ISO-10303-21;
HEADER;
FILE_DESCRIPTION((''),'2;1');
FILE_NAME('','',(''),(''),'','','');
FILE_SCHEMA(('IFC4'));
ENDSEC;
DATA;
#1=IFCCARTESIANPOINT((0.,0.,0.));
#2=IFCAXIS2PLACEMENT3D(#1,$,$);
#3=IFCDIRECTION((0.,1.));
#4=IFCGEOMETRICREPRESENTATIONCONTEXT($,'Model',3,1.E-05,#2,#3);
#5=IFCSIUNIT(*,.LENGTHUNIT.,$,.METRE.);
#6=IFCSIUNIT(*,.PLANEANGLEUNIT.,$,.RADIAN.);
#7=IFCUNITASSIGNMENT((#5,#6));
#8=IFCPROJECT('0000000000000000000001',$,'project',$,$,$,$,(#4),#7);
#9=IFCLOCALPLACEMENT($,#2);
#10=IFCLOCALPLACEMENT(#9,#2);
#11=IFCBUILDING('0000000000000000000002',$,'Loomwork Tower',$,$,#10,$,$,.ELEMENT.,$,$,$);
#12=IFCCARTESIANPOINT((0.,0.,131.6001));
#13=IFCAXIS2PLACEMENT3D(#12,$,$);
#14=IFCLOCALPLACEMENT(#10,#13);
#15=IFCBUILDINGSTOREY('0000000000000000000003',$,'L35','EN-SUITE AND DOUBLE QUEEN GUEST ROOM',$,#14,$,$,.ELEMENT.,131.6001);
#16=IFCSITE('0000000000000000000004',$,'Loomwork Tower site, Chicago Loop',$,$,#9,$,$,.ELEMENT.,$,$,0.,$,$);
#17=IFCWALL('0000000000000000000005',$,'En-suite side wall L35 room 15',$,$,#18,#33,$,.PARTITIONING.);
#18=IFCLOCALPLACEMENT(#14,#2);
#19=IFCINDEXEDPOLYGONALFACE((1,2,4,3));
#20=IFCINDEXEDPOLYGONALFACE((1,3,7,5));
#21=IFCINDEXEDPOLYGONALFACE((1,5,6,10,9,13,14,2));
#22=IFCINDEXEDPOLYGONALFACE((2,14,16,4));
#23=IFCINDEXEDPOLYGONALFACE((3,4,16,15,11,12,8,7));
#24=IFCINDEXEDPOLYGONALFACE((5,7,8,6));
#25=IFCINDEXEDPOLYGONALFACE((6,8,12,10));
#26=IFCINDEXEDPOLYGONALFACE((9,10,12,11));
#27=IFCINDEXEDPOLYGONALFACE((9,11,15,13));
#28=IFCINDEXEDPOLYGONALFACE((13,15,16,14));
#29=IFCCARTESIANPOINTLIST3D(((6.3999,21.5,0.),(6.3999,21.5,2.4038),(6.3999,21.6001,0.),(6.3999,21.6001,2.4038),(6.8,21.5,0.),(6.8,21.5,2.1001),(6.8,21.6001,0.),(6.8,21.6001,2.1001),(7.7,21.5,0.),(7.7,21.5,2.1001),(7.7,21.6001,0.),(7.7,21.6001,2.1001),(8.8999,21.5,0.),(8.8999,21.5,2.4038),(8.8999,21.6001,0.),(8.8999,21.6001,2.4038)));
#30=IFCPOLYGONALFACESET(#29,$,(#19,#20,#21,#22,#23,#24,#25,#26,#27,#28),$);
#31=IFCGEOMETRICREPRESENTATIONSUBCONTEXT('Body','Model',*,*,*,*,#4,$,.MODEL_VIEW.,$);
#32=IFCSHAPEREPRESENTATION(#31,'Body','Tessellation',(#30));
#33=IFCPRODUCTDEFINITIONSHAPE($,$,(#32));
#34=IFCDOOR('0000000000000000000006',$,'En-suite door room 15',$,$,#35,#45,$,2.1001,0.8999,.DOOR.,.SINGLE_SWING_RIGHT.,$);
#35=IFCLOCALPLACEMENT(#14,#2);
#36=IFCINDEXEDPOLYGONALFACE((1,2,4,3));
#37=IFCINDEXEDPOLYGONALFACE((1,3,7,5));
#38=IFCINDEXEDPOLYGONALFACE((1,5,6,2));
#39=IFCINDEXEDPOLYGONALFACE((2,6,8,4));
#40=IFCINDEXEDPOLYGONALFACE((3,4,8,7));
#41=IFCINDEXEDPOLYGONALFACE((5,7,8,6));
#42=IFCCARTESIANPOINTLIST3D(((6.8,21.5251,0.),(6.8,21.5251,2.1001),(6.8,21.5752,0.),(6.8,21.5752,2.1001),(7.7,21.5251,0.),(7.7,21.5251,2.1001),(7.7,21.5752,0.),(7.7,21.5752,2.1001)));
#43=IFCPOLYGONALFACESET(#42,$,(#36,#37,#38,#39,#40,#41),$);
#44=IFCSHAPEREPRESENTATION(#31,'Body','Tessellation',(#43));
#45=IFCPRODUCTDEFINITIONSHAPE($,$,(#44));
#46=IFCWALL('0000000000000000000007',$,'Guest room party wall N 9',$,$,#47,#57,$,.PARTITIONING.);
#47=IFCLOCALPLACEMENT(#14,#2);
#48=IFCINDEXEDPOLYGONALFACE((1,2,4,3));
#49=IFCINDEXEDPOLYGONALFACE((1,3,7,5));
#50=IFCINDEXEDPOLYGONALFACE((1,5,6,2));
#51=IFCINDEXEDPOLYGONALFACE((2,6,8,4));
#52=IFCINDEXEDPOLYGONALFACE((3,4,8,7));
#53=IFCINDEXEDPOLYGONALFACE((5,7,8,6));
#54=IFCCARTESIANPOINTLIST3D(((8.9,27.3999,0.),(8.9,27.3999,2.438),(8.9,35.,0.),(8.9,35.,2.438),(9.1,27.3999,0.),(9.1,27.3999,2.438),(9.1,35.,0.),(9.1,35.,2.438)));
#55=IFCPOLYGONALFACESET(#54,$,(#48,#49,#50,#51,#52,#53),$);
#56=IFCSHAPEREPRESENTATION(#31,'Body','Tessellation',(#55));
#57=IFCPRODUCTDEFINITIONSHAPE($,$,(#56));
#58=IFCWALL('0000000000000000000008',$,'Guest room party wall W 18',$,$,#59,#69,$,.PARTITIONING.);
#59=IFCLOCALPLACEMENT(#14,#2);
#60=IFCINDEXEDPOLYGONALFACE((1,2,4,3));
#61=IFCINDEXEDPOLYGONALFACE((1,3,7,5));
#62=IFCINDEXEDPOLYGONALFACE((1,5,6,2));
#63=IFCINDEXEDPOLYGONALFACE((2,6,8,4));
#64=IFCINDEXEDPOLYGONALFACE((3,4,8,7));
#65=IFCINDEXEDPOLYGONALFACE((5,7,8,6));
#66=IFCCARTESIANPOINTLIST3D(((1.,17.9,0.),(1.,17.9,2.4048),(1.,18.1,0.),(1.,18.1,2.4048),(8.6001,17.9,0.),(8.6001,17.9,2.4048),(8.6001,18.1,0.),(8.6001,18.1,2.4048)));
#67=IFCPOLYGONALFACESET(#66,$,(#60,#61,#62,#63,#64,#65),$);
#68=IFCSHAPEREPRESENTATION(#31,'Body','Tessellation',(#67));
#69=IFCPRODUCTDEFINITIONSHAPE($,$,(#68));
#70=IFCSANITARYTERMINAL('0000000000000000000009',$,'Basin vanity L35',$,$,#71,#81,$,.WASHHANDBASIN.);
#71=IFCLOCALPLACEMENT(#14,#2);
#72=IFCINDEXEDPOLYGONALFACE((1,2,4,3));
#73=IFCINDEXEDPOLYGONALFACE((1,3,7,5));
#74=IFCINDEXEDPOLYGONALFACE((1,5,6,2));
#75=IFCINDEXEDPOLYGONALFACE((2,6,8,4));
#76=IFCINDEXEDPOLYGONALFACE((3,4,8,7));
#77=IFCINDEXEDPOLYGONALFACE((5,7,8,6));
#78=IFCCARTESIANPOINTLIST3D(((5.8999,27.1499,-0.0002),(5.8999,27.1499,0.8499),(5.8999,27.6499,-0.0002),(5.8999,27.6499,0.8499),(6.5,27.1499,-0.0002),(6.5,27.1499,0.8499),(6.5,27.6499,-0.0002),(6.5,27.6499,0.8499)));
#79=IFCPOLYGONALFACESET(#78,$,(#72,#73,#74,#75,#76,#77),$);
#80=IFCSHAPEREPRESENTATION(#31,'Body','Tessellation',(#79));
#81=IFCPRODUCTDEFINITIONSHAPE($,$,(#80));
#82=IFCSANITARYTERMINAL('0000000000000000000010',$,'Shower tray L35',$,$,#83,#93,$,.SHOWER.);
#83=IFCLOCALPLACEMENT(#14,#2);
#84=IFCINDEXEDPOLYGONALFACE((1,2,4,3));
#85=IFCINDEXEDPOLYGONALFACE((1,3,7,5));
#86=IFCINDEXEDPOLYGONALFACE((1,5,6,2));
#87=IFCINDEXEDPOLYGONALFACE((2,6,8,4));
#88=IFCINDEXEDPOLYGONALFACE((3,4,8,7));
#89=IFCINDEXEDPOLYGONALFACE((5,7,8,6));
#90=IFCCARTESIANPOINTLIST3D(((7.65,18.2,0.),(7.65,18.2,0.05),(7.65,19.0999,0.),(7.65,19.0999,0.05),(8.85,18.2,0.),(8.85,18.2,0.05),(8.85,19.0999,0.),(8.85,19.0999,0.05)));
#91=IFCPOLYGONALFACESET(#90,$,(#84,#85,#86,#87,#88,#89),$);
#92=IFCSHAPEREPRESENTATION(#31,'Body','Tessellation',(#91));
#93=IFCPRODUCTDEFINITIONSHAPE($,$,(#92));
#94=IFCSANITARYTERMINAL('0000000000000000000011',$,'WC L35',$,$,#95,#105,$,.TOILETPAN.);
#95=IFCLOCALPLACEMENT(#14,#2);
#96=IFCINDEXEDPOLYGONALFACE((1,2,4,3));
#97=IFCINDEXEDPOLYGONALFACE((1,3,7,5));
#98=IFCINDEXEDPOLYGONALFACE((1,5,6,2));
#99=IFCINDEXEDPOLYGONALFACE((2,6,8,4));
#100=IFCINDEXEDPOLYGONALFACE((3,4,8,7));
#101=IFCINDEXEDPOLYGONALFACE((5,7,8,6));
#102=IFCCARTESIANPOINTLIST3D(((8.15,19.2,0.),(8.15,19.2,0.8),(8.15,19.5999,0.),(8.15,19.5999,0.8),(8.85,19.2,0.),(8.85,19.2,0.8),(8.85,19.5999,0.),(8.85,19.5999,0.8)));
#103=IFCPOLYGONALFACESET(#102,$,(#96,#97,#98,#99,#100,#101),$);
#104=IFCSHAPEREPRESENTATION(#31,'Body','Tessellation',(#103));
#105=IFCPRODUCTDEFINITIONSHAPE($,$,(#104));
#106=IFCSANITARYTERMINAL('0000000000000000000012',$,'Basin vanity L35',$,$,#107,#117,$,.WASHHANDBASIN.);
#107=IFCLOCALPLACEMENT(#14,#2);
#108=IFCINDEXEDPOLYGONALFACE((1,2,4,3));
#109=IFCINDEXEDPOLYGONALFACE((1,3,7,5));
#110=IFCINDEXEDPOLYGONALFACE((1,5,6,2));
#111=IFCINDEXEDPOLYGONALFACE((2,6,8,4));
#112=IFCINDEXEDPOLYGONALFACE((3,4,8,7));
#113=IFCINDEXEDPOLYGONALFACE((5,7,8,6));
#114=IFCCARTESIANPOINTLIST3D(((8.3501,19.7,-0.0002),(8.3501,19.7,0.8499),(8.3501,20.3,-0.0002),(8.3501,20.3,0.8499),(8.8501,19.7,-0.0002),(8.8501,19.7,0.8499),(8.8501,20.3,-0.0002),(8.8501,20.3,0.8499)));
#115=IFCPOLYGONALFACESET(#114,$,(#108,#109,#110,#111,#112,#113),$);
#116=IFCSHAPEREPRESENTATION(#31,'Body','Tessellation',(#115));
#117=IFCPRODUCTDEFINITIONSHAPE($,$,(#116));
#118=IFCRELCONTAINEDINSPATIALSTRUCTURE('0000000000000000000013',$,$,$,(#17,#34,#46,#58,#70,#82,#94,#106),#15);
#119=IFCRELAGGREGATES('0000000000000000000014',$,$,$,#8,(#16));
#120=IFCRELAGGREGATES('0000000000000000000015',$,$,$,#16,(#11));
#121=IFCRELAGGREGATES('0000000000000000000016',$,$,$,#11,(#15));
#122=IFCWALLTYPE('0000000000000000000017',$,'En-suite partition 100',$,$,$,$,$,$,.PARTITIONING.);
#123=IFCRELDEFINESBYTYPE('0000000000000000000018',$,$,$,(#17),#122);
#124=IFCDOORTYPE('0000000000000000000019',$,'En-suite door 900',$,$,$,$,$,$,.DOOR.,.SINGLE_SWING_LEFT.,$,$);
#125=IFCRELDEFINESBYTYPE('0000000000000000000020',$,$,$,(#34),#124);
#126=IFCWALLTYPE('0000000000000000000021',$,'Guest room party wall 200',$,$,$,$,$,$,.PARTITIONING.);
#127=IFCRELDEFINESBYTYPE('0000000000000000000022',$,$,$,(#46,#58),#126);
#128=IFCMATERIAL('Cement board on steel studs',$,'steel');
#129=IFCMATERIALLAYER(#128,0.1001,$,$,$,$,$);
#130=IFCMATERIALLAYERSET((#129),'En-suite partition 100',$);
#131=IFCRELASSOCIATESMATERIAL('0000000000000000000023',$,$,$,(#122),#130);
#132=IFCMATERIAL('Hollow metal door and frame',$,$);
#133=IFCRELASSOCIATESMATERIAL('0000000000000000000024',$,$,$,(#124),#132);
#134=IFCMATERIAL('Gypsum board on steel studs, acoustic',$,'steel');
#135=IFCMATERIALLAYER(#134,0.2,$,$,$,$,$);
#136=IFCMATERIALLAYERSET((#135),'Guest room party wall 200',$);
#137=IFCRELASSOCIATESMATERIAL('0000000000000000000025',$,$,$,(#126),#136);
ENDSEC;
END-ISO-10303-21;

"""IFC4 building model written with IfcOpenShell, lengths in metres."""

from ifc_helpers import new_model, si_unit, direction, frame, frame_2d, origin, origin_2d, place, context, subcontext, project, spatial, rectangle, extrude, material, layer, layer_set, type_object, element, fill, save


model = new_model("IFC4")

# Units and contexts
model_context = context("Model", 3, precision=1e-05, world=origin(), true_north=direction((0.0, 1.0)))
body_context = subcontext(model_context, "Body", "Model", "MODEL_VIEW")
ifc_project = project(units=[si_unit("LENGTHUNIT", "METRE"), si_unit("PLANEANGLEUNIT", "RADIAN")], contexts=[model_context])

# Site, building, storey
site_placement = place(None, origin())
site = spatial("IfcSite", under=ifc_project, at=site_placement, Name="Loomwork Tower site, Chicago Loop", CompositionType="ELEMENT", RefElevation=0.0)
building_placement = place(site_placement, origin())
building = spatial("IfcBuilding", under=site, at=building_placement, Name="Loomwork Tower", CompositionType="ELEMENT")
storey_placement = place(building_placement, frame((0.0, 0.0, 131.6001)))
storey = spatial("IfcBuildingStorey", under=building, at=storey_placement, Name="L35", Description="EN-SUITE AND DOUBLE QUEEN GUEST ROOM", CompositionType="ELEMENT", Elevation=131.6001)

# Shared definitions
ifc_material_1 = material(Name="Cement board on steel studs", Category="steel")
ifc_layer_1 = layer(ifc_material_1, 0.1001)
ifc_layer_set_1 = layer_set([ifc_layer_1], Name="En-suite partition 100")
wall_type_1 = type_object("IfcWallType", Name="En-suite partition 100", PredefinedType="PARTITIONING", material=ifc_layer_set_1)

# Wall, opening, door
wall_1_placement = place(storey_placement, frame((8.8999, 21.55, 0.0), z_axis=(0.0, 0.0, 1.0), x_axis=(-1.0, 0.0, 0.0)))
wall_1 = element("IfcWall", 1, at=wall_1_placement, inside=storey, type_object=wall_type_1, Name="En-suite side wall L35 room 15", PredefinedType="PARTITIONING", context=body_context, shape_type="SweptSolid", body=[
    extrude(rectangle(XDim=2.5, YDim=0.1001, at=frame_2d((1.25, 0.0))), origin(), (0.0, 0.0, 1.0), 2.4038),
])
opening_1_placement = place(wall_1_placement, frame((1.2, 0.0, 0.0)))
opening_1 = element("IfcOpeningElement", 2, at=opening_1_placement, cuts=wall_1, PredefinedType="OPENING", context=body_context, shape_type="SweptSolid", body=[
    extrude(rectangle(XDim=0.8999, YDim=2.1001, at=frame_2d((0.45, 1.05))), frame((0.0, 0.0601, 0.0), z_axis=(0.0, -1.0, 0.0), x_axis=(1.0, 0.0, 0.0)), (0.0, 0.0, 1.0), 0.1201),
])
ifc_material_2 = material(Name="Hollow metal door and frame")
door_type_1 = type_object("IfcDoorType", Name="En-suite door 900", OperationType="SINGLE_SWING_LEFT", PredefinedType="DOOR", material=ifc_material_2)
door_1_placement = place(opening_1_placement, origin())
door_1 = element("IfcDoor", 3, at=door_1_placement, inside=storey, type_object=door_type_1, Name="En-suite door room 15", OperationType="SINGLE_SWING_RIGHT", OverallHeight=2.1001, OverallWidth=0.8999, PredefinedType="DOOR", context=body_context, shape_type="SweptSolid", body=[
    extrude(rectangle(XDim=0.8999, YDim=2.1001, at=frame_2d((0.45, 1.05))), frame((0.0, 0.0249, 0.0), z_axis=(0.0, -1.0, 0.0), x_axis=(1.0, 0.0, 0.0)), (0.0, 0.0, 1.0), 0.05),
])
fill(opening_1, door_1)

# Walls
ifc_material_3 = material(Name="Gypsum board on steel studs, acoustic", Category="steel")
ifc_layer_2 = layer(ifc_material_3, 0.2)
ifc_layer_set_2 = layer_set([ifc_layer_2], Name="Guest room party wall 200")
wall_type_2 = type_object("IfcWallType", Name="Guest room party wall 200", PredefinedType="PARTITIONING", material=ifc_layer_set_2)
wall_2_placement = place(storey_placement, frame((9.0, 27.3999, 0.0), z_axis=(0.0, 0.0, 1.0), x_axis=(0.0, 1.0, 0.0)))
element("IfcWall", 4, at=wall_2_placement, inside=storey, type_object=wall_type_2, Name="Guest room party wall N 9", PredefinedType="PARTITIONING", context=body_context, shape_type="SweptSolid", body=[
    extrude(rectangle(XDim=7.6001, YDim=0.2, at=frame_2d((3.8, 0.0))), origin(), (0.0, 0.0, 1.0), 2.438),
])
wall_3_placement = place(storey_placement, frame((8.6001, 18.0, 0.0), z_axis=(0.0, 0.0, 1.0), x_axis=(-1.0, 0.0, 0.0)))
element("IfcWall", 5, at=wall_3_placement, inside=storey, type_object=wall_type_2, Name="Guest room party wall W 18", PredefinedType="PARTITIONING", context=body_context, shape_type="SweptSolid", body=[
    extrude(rectangle(XDim=7.6001, YDim=0.2, at=frame_2d((3.8, 0.0))), origin(), (0.0, 0.0, 1.0), 2.4048),
])

# Sanitary terminals
sanitary_terminal_1_placement = place(storey_placement, frame((6.2, 27.3999, -0.0002), z_axis=(0.0, 0.0, 1.0), x_axis=(1.0, 0.0, 0.0)))
element("IfcSanitaryTerminal", 6, at=sanitary_terminal_1_placement, inside=storey, Name="Basin vanity L35", PredefinedType="WASHHANDBASIN", context=body_context, shape_type="SweptSolid", body=[
    extrude(rectangle(XDim=0.6001, YDim=0.5, at=origin_2d()), origin(), (0.0, 0.0, 1.0), 0.8501),
])
sanitary_terminal_2_placement = place(storey_placement, frame((8.25, 18.6499, 0.0), z_axis=(0.0, 0.0, 1.0), x_axis=(1.0, 0.0, 0.0)))
element("IfcSanitaryTerminal", 7, at=sanitary_terminal_2_placement, inside=storey, Name="Shower tray L35", PredefinedType="SHOWER", context=body_context, shape_type="SweptSolid", body=[
    extrude(rectangle(XDim=1.2, YDim=0.8999, at=origin_2d()), origin(), (0.0, 0.0, 1.0), 0.05),
])
sanitary_terminal_3_placement = place(storey_placement, frame((8.5, 19.3999, 0.0), z_axis=(0.0, 0.0, 1.0), x_axis=(1.0, 0.0, 0.0)))
element("IfcSanitaryTerminal", 8, at=sanitary_terminal_3_placement, inside=storey, Name="WC L35", PredefinedType="TOILETPAN", context=body_context, shape_type="SweptSolid", body=[
    extrude(rectangle(XDim=0.7, YDim=0.3999, at=origin_2d()), origin(), (0.0, 0.0, 1.0), 0.8),
])
sanitary_terminal_4_placement = place(storey_placement, frame((8.6001, 20.0, -0.0002), z_axis=(0.0, 0.0, 1.0), x_axis=(1.0, 0.0, 0.0)))
element("IfcSanitaryTerminal", 9, at=sanitary_terminal_4_placement, inside=storey, Name="Basin vanity L35", PredefinedType="WASHHANDBASIN", context=body_context, shape_type="SweptSolid", body=[
    extrude(rectangle(XDim=0.5, YDim=0.6001, at=origin_2d()), origin(), (0.0, 0.0, 1.0), 0.8501),
])

save(model, "model.ifc")
